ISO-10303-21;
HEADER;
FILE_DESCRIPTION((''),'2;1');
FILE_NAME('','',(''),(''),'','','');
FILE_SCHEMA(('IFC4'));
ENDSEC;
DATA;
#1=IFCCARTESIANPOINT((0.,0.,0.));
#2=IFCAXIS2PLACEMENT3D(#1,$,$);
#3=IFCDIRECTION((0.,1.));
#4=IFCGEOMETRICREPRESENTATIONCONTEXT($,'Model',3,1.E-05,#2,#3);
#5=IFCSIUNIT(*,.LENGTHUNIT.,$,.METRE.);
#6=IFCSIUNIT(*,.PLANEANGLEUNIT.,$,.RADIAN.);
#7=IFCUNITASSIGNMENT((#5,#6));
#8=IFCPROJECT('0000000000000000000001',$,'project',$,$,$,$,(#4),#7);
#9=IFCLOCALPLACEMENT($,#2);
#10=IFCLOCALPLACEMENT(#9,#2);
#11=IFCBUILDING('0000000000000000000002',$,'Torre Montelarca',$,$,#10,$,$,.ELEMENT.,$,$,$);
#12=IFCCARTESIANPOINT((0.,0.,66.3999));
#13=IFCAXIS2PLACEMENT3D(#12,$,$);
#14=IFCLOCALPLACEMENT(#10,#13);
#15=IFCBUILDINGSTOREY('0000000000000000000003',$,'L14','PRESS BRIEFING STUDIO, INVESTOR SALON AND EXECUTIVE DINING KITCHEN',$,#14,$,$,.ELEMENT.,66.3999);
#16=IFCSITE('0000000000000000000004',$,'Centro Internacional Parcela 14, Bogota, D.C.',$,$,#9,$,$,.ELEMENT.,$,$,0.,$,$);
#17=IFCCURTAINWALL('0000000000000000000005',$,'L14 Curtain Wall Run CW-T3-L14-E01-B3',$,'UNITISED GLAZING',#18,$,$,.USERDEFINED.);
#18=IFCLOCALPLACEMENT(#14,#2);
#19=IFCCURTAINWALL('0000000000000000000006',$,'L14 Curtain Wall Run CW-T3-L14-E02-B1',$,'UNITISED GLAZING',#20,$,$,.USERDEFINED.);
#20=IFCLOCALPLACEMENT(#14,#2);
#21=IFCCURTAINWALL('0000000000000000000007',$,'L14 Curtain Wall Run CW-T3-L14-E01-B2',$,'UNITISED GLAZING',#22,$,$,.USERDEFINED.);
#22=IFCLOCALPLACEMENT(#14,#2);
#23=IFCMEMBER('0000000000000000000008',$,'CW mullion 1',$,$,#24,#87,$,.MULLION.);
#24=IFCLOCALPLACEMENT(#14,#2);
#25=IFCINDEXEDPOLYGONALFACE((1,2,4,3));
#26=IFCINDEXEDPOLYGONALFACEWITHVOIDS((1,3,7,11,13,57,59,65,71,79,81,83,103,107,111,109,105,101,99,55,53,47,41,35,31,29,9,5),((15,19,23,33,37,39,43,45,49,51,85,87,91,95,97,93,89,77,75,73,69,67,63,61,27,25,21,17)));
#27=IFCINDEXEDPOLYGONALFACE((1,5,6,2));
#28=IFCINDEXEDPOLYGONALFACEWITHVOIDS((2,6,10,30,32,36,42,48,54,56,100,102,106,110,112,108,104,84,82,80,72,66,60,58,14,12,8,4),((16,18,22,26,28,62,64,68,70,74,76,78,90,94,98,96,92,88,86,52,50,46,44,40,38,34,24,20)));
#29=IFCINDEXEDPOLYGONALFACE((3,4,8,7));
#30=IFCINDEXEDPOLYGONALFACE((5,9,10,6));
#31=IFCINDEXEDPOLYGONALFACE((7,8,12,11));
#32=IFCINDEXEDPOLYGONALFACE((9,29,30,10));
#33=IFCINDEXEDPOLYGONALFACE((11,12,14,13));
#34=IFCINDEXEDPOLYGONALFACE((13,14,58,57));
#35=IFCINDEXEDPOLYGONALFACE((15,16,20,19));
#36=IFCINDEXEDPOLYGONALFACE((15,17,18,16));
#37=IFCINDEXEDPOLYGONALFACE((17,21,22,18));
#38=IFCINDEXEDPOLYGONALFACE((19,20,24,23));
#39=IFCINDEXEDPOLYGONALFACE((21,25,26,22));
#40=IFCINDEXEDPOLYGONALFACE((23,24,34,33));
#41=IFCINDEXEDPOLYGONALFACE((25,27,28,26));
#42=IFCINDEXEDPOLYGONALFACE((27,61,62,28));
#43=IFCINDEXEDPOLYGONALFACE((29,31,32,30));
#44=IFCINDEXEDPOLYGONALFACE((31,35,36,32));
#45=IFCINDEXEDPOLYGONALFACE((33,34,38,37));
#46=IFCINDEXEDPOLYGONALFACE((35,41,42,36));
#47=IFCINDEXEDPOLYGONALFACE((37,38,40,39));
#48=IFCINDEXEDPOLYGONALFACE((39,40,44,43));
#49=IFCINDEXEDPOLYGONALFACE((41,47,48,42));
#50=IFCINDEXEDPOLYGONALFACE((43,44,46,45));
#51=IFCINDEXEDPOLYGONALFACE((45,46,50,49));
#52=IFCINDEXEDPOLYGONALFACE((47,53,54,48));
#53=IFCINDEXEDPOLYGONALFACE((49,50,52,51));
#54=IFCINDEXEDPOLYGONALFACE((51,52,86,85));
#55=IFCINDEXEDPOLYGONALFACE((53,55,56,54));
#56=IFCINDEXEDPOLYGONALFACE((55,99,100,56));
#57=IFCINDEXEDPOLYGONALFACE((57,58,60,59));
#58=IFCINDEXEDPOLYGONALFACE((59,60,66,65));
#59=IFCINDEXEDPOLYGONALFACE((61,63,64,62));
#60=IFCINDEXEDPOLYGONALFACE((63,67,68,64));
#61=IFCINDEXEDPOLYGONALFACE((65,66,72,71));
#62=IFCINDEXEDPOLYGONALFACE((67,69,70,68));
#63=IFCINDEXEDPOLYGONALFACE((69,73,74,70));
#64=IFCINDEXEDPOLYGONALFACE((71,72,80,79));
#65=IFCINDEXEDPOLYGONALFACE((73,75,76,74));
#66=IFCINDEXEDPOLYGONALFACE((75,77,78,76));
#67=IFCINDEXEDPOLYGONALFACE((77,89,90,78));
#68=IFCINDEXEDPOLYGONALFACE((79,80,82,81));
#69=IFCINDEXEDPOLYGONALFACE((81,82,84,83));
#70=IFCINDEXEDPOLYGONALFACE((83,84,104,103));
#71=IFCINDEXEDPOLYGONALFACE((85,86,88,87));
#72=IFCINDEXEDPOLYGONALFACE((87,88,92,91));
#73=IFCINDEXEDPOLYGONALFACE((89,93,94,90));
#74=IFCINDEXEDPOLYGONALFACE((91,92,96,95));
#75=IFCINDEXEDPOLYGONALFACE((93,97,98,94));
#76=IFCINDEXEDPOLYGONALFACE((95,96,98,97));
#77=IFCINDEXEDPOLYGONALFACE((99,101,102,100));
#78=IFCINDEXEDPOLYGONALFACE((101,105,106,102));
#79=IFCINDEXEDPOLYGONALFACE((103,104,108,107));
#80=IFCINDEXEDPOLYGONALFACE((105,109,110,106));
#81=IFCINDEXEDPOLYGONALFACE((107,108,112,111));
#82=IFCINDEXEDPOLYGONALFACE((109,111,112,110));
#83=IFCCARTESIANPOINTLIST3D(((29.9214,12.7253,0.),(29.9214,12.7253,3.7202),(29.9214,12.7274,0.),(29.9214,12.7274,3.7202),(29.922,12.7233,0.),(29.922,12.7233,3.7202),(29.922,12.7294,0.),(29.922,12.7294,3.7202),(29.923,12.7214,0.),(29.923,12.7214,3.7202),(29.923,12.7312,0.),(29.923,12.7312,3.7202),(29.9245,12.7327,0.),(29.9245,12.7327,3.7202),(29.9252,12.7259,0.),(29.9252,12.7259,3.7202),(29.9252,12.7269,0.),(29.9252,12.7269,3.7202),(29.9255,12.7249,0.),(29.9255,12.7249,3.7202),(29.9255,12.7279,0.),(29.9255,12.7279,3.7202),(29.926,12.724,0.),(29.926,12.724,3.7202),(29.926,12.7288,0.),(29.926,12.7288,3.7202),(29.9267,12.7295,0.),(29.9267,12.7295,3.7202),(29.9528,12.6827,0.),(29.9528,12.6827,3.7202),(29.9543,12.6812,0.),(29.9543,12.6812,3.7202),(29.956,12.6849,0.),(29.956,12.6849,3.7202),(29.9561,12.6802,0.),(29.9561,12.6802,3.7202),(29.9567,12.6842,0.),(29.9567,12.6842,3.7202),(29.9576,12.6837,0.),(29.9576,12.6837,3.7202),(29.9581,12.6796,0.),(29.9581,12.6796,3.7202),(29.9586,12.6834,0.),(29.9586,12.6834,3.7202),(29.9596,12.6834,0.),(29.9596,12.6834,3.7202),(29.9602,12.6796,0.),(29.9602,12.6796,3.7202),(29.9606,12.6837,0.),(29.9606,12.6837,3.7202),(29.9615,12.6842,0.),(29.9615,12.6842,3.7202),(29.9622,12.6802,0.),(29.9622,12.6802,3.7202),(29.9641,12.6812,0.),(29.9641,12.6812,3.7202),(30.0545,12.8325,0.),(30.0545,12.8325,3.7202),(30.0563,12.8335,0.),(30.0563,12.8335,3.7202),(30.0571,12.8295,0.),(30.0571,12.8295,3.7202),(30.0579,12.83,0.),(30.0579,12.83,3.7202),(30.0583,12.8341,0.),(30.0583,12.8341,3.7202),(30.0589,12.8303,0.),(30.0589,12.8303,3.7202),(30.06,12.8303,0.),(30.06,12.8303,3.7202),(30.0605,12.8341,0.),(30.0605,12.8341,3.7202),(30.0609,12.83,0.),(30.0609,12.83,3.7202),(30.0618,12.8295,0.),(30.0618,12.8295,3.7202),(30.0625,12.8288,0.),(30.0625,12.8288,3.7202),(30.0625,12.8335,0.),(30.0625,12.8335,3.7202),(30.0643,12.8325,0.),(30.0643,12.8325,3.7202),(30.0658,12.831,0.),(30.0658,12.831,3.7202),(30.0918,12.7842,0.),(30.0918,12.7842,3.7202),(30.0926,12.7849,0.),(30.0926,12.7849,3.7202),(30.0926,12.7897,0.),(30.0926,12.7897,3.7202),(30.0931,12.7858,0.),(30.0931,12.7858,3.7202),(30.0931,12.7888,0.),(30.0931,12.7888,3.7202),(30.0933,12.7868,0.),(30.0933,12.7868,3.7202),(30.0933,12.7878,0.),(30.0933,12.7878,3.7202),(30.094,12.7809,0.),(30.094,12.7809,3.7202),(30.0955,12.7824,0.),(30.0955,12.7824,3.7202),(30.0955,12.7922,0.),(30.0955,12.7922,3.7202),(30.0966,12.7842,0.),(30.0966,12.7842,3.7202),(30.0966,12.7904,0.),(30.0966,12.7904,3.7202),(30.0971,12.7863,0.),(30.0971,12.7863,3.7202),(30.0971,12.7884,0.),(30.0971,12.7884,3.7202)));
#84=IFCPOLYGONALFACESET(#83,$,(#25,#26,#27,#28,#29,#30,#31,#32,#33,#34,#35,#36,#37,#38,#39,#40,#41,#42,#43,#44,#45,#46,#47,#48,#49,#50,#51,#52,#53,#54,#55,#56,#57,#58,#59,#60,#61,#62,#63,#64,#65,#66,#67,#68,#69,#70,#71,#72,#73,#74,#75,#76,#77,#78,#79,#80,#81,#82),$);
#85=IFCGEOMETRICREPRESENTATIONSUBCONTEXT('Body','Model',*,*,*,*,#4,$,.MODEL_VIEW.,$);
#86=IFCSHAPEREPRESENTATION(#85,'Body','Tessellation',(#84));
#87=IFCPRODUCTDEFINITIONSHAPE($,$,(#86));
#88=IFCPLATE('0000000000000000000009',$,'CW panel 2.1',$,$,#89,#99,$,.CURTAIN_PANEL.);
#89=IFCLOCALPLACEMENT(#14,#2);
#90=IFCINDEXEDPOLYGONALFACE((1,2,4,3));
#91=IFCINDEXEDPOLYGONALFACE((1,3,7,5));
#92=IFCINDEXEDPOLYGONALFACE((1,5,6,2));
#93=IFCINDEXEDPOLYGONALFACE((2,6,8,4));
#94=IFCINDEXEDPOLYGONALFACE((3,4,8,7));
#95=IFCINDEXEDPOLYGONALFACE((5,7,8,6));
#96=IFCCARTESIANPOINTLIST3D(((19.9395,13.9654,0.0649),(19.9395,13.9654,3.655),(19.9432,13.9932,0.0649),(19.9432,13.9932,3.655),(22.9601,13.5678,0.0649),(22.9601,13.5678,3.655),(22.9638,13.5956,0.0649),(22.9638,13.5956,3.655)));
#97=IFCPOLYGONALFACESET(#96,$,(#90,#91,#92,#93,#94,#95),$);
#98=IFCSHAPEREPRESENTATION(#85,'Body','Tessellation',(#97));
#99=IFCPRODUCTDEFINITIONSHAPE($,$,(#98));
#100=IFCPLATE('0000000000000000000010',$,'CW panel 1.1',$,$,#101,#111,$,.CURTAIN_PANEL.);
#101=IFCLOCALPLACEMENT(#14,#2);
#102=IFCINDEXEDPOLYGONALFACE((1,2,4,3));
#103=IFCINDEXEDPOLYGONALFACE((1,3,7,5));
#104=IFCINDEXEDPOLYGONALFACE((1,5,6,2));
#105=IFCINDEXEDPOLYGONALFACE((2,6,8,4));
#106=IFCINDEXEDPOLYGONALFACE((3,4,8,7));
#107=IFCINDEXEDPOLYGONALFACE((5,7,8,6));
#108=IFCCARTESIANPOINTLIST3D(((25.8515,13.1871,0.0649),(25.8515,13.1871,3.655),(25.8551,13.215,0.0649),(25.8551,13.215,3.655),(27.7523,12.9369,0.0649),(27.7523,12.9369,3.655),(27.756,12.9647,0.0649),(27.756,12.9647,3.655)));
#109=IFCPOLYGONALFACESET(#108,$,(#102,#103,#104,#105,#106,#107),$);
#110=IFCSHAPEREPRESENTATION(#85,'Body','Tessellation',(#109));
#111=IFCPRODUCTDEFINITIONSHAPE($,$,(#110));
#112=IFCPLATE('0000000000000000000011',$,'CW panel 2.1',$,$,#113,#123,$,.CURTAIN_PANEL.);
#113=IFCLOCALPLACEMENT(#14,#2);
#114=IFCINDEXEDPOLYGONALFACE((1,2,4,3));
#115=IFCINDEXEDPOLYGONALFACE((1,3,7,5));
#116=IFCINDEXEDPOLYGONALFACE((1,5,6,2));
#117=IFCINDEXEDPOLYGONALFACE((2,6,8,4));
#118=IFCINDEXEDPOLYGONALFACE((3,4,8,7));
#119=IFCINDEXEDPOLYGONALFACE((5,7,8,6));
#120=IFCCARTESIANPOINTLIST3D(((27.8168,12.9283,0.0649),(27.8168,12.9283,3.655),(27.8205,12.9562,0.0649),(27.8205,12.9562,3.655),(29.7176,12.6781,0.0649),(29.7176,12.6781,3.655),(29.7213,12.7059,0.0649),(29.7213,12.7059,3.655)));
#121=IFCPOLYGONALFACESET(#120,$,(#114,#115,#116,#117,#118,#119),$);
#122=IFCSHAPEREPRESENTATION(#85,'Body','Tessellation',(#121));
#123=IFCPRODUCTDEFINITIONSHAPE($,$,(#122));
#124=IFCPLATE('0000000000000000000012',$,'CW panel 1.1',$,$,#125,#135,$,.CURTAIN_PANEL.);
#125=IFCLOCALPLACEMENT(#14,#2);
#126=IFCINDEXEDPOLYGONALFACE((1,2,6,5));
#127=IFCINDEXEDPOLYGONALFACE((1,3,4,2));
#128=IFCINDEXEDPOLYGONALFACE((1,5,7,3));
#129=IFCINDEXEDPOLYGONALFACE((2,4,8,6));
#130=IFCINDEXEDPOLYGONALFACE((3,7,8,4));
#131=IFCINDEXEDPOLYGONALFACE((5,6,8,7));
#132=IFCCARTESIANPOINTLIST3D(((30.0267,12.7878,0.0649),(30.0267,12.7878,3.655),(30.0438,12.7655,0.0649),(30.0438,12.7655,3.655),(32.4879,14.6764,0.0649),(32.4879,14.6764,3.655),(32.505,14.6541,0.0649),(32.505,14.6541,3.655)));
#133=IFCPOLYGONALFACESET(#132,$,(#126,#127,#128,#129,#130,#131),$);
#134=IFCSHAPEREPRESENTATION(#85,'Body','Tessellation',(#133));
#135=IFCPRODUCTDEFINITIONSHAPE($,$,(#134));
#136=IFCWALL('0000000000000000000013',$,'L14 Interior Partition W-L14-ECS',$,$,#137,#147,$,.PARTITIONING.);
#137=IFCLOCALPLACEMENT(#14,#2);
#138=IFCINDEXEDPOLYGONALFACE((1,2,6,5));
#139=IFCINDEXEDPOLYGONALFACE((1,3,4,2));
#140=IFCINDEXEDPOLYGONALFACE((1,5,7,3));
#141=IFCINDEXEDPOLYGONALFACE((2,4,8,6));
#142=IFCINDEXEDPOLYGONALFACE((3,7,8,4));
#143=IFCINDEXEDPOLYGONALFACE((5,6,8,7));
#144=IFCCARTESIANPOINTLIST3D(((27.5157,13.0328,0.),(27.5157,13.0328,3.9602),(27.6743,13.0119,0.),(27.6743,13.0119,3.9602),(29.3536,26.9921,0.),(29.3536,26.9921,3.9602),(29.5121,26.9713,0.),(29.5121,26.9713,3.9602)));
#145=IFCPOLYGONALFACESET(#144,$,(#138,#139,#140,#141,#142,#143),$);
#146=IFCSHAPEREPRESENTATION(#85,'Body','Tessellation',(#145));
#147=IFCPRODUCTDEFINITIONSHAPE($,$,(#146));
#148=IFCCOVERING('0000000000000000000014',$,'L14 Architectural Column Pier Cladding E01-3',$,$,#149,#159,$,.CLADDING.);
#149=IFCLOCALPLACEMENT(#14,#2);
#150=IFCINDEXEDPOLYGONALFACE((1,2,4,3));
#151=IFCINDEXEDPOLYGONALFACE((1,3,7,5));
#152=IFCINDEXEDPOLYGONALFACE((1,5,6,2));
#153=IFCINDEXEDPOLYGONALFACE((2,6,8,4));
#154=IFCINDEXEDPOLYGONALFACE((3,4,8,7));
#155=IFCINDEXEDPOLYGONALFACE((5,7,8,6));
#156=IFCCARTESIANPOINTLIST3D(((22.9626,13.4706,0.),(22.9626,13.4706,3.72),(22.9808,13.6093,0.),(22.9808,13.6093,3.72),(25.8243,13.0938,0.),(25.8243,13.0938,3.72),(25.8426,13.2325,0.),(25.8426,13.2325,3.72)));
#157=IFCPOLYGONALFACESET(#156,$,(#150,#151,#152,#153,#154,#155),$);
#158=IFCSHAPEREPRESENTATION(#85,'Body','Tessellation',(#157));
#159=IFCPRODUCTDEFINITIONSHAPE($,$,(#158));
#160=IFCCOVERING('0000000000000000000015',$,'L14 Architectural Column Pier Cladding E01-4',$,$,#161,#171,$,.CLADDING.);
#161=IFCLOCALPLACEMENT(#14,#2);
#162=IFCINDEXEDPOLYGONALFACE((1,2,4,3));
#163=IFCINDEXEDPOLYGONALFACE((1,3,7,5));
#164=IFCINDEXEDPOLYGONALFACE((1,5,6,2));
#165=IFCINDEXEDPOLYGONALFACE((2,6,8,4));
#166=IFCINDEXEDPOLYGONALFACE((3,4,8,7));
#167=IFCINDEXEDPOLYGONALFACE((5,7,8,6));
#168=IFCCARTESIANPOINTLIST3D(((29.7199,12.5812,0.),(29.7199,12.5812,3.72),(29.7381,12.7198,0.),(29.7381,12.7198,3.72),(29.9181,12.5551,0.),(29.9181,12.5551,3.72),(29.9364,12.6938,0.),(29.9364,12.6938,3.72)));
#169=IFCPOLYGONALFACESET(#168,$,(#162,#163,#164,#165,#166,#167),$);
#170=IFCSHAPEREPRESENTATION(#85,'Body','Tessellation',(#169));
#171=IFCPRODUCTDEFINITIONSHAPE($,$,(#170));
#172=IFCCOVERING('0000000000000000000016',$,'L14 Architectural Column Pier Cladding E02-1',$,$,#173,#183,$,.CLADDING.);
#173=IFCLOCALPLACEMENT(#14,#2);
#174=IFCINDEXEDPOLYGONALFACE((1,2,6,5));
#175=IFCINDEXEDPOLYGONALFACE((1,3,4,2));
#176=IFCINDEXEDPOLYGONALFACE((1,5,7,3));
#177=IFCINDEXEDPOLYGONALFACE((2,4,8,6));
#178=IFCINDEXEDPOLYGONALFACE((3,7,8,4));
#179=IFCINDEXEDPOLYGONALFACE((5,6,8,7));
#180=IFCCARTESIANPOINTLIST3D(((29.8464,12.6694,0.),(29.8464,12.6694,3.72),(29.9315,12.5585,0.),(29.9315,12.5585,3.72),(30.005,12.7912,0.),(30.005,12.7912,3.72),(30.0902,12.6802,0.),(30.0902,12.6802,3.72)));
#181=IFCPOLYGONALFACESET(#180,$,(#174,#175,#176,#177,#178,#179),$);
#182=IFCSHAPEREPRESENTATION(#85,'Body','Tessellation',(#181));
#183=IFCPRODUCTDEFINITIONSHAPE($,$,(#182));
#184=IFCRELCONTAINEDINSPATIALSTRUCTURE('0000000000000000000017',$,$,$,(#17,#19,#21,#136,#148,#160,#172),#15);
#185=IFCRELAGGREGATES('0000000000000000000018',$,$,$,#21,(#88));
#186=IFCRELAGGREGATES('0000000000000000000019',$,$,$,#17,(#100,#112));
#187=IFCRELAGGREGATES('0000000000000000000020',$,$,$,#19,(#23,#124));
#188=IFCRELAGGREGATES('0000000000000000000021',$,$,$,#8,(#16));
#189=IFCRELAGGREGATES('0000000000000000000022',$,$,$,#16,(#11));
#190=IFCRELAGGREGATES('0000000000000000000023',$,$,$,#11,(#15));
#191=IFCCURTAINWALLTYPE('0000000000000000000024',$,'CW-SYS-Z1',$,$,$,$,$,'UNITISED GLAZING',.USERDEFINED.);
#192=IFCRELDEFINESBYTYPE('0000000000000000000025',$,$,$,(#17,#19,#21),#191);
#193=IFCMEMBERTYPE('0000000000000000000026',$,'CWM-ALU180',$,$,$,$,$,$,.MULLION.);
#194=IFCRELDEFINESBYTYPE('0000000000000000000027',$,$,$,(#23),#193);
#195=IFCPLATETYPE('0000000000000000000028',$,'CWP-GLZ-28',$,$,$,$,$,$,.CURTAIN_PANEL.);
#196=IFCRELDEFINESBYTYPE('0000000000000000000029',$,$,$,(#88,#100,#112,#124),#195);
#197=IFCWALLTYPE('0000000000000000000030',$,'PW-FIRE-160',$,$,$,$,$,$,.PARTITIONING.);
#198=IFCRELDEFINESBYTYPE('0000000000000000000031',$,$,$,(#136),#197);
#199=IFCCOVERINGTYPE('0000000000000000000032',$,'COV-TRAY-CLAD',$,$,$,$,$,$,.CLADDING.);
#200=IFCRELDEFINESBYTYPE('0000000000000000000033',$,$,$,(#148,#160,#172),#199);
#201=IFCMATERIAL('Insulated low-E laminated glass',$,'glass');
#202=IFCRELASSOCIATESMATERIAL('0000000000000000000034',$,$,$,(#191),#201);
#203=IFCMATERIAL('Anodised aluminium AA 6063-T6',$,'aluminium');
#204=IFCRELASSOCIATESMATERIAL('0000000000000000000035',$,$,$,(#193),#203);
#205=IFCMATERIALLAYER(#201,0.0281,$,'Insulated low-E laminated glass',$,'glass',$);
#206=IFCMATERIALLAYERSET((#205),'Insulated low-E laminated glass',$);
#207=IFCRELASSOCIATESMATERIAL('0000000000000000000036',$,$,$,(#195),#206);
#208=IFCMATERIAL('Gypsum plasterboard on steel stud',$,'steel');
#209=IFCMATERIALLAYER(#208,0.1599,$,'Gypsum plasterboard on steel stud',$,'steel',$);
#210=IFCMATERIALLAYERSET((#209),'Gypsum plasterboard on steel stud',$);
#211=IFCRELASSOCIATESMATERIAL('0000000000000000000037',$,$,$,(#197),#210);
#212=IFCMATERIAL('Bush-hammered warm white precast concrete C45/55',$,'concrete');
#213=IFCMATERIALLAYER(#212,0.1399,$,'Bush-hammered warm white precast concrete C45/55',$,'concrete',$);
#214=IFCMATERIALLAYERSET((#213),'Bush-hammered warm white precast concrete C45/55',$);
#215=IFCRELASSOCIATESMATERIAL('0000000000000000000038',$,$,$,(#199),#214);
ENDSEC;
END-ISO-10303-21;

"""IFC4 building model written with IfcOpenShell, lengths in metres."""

from ifc_helpers import new_model, si_unit, direction, frame, frame_2d, origin, origin_2d, place, context, subcontext, project, spatial, rectangle, hollow_rectangle, extrude, source, transform, mapped, material, layer, layer_set, material_profile, profile_set, type_object, element, aggregate, save


model = new_model("IFC4")

# Units and contexts
model_context = context("Model", 3, precision=1e-05, world=origin(), true_north=direction((0.0, 1.0)))
body_context = subcontext(model_context, "Body", "Model", "MODEL_VIEW")
ifc_project = project(units=[si_unit("LENGTHUNIT", "METRE"), si_unit("PLANEANGLEUNIT", "RADIAN")], contexts=[model_context])

# Site, building, storey
site_placement = place(None, origin())
site = spatial("IfcSite", under=ifc_project, at=site_placement, Name="Centro Internacional Parcela 14, Bogota, D.C.", CompositionType="ELEMENT", RefElevation=0.0)
building_placement = place(site_placement, origin())
building = spatial("IfcBuilding", under=site, at=building_placement, Name="Torre Montelarca", CompositionType="ELEMENT")
storey_placement = place(building_placement, frame((0.0, 0.0, 66.3999)))
storey = spatial("IfcBuildingStorey", under=building, at=storey_placement, Name="L14", Description="PRESS BRIEFING STUDIO, INVESTOR SALON AND EXECUTIVE DINING KITCHEN", CompositionType="ELEMENT", Elevation=66.3999)

# Curtain walls
ifc_material_1 = material(Name="Insulated low-E laminated glass", Category="glass")
curtain_wall_type = type_object("IfcCurtainWallType", Name="CW-SYS-Z1", ElementType="UNITISED GLAZING", PredefinedType="USERDEFINED", material=ifc_material_1)
curtain_wall_1_placement = place(storey_placement, origin())
curtain_wall_1 = element("IfcCurtainWall", 1, at=curtain_wall_1_placement, inside=storey, type_object=curtain_wall_type, Name="L14 Curtain Wall Run CW-T3-L14-E01-B3", ObjectType="UNITISED GLAZING", PredefinedType="USERDEFINED")
ifc_material_2 = material(Name="Anodised aluminium AA 6063-T6", Category="aluminium")
curtain_wall_2_placement = place(storey_placement, origin())
curtain_wall_2 = element("IfcCurtainWall", 2, at=curtain_wall_2_placement, inside=storey, type_object=curtain_wall_type, Name="L14 Curtain Wall Run CW-T3-L14-E02-B1", ObjectType="UNITISED GLAZING", PredefinedType="USERDEFINED")

# Curtain wall
curtain_wall_3_placement = place(storey_placement, origin())
curtain_wall_3 = element("IfcCurtainWall", 3, at=curtain_wall_3_placement, inside=storey, type_object=curtain_wall_type, Name="L14 Curtain Wall Run CW-T3-L14-E01-B2", ObjectType="UNITISED GLAZING", PredefinedType="USERDEFINED")
ifc_material_profile_1 = material_profile(ifc_material_2, hollow_rectangle(XDim=0.0649, YDim=0.1799, WallThickness=0.0039, InnerFilletRadius=0.0039, OuterFilletRadius=0.0081, at=origin_2d()), Name="ALU65X180X4", Category="aluminium")
ifc_profile_set_1 = profile_set([ifc_material_profile_1], Name="Anodised aluminium AA 6063-T6")
member_type_1 = type_object("IfcMemberType", Name="CWM-ALU180", PredefinedType="MULLION", material=ifc_profile_set_1)
shared_shape_1 = source(origin(), body_context, "Body", "SweptSolid", [
    extrude(hollow_rectangle(XDim=0.0649, YDim=0.1799, WallThickness=0.0039, InnerFilletRadius=0.0039, OuterFilletRadius=0.0081, at=origin_2d()), origin(), (0.0, 0.0, 1.0), 3.7202),
])

# Member
member_1_placement = place(storey_placement, frame((30.0093, 12.7568, 0.0), z_axis=(0.0, 0.0, 1.0), x_axis=(-0.608757, 0.793357, 0.0)))
member_1 = element("IfcMember", 4, at=member_1_placement, type_object=member_type_1, Name="CW mullion 1", PredefinedType="MULLION", context=body_context, shape_type="MappedRepresentation", body=[
    mapped(shared_shape_1, transform((0.0, 0.0, 0.0), scale=1.0)),
])

# Plates
ifc_layer_1 = layer(ifc_material_1, 0.0281, Name="Insulated low-E laminated glass", Category="glass")
ifc_layer_set_1 = layer_set([ifc_layer_1], Name="Insulated low-E laminated glass")
plate_type = type_object("IfcPlateType", Name="CWP-GLZ-28", PredefinedType="CURTAIN_PANEL", material=ifc_layer_set_1)
shared_shape_2 = source(origin(), body_context, "Body", "SweptSolid", [
    extrude(rectangle(XDim=3.0466, YDim=0.0281, at=origin_2d()), origin(), (0.0, 0.0, 1.0), 3.5901),
])
plate_1_placement = place(storey_placement, frame((21.4517, 13.7805, 0.0649), z_axis=(0.0, 0.0, 1.0), x_axis=(0.991447, -0.130508, 0.0)))
plate_1 = element("IfcPlate", 5, at=plate_1_placement, type_object=plate_type, Name="CW panel 2.1", PredefinedType="CURTAIN_PANEL", context=body_context, shape_type="MappedRepresentation", body=[
    mapped(shared_shape_2, transform((0.0, 0.0, 0.0), scale=1.0)),
])
aggregate(curtain_wall_3, [plate_1])
shared_shape_3 = source(origin(), body_context, "Body", "SweptSolid", [
    extrude(rectangle(XDim=1.9172, YDim=0.0281, at=origin_2d()), origin(), (0.0, 0.0, 1.0), 3.5901),
])
plate_2_placement = place(storey_placement, frame((26.8037, 13.0759, 0.0649), z_axis=(0.0, 0.0, 1.0), x_axis=(0.991446, -0.13052, 0.0)))
plate_2 = element("IfcPlate", 6, at=plate_2_placement, type_object=plate_type, Name="CW panel 1.1", PredefinedType="CURTAIN_PANEL", context=body_context, shape_type="MappedRepresentation", body=[
    mapped(shared_shape_3, transform((0.0, 0.0, 0.0), scale=1.0)),
])
plate_3_placement = place(storey_placement, frame((28.769, 12.8171, 0.0649), z_axis=(0.0, 0.0, 1.0), x_axis=(0.991446, -0.13052, 0.0)))
plate_3 = element("IfcPlate", 7, at=plate_3_placement, type_object=plate_type, Name="CW panel 2.1", PredefinedType="CURTAIN_PANEL", context=body_context, shape_type="MappedRepresentation", body=[
    mapped(shared_shape_3, transform((0.0, 0.0, 0.0), scale=1.0)),
])
aggregate(curtain_wall_1, [plate_2, plate_3])
shared_shape_4 = source(origin(), body_context, "Body", "SweptSolid", [
    extrude(rectangle(XDim=3.1023, YDim=0.0281, at=origin_2d()), origin(), (0.0, 0.0, 1.0), 3.5901),
])
plate_4_placement = place(storey_placement, frame((31.2659, 13.7209, 0.0649), z_axis=(0.0, 0.0, 1.0), x_axis=(0.793357, 0.608757, 0.0)))
plate_4 = element("IfcPlate", 8, at=plate_4_placement, type_object=plate_type, Name="CW panel 1.1", PredefinedType="CURTAIN_PANEL", context=body_context, shape_type="MappedRepresentation", body=[
    mapped(shared_shape_4, transform((0.0, 0.0, 0.0), scale=1.0)),
])
aggregate(curtain_wall_2, [member_1, plate_4])

# Wall
ifc_material_3 = material(Name="Gypsum plasterboard on steel stud", Category="steel")
ifc_layer_2 = layer(ifc_material_3, 0.1599, Name="Gypsum plasterboard on steel stud", Category="steel")
ifc_layer_set_2 = layer_set([ifc_layer_2], Name="Gypsum plasterboard on steel stud")
wall_type = type_object("IfcWallType", Name="PW-FIRE-160", PredefinedType="PARTITIONING", material=ifc_layer_set_2)
wall_placement = place(storey_placement, frame((27.595, 13.0222, 0.0), z_axis=(0.0, 0.0, 1.0), x_axis=(0.130533, 0.991444, 0.0)))
element("IfcWall", 9, at=wall_placement, inside=storey, type_object=wall_type, Name="L14 Interior Partition W-L14-ECS", PredefinedType="PARTITIONING", context=body_context, shape_type="SweptSolid", body=[
    extrude(rectangle(XDim=14.0798, YDim=0.1599, at=frame_2d((7.04, 0.0))), origin(), (0.0, 0.0, 1.0), 3.9602),
])

# Coverings
ifc_material_4 = material(Name="Bush-hammered warm white precast concrete C45/55", Category="concrete")
ifc_layer_3 = layer(ifc_material_4, 0.1399, Name="Bush-hammered warm white precast concrete C45/55", Category="concrete")
ifc_layer_set_3 = layer_set([ifc_layer_3], Name="Bush-hammered warm white precast concrete C45/55")
covering_type = type_object("IfcCoveringType", Name="COV-TRAY-CLAD", PredefinedType="CLADDING", material=ifc_layer_set_3)
shared_shape_5 = source(origin(), body_context, "Body", "SweptSolid", [
    extrude(rectangle(XDim=2.8865, YDim=0.1399, at=origin_2d()), origin(), (0.0, 0.0, 1.0), 3.72),
])
covering_placement = place(storey_placement, frame((24.4026, 13.3516, 0.0), z_axis=(0.0, 0.0, 1.0), x_axis=(0.991445, -0.130523, 0.0)))
element("IfcCovering", 10, at=covering_placement, inside=storey, type_object=covering_type, Name="L14 Architectural Column Pier Cladding E01-3", PredefinedType="CLADDING", context=body_context, shape_type="MappedRepresentation", body=[
    mapped(shared_shape_5, transform((0.0, 0.0, 0.0), scale=1.0)),
])
shared_shape_6 = source(origin(), body_context, "Body", "SweptSolid", [
    extrude(rectangle(XDim=0.2, YDim=0.1399, at=origin_2d()), origin(), (0.0, 0.0, 1.0), 3.72),
])
for number, where, z_axis, x_axis, name in (
    (11, (29.8281, 12.6375, 0.0), (0.0, 0.0, 1.0), (0.991445, -0.130523, 0.0), "L14 Architectural Column Pier Cladding E01-4"),
    (12, (29.9683, 12.6748, 0.0), (0.0, 0.0, 1.0), (0.793349, 0.608767, 0.0), "L14 Architectural Column Pier Cladding E02-1"),
):
    element("IfcCovering", number, at=place(storey_placement, frame(where, z_axis=z_axis, x_axis=x_axis)), inside=storey, type_object=covering_type, Name=name, PredefinedType="CLADDING", context=body_context, shape_type="MappedRepresentation", body=[
        mapped(shared_shape_6, transform((0.0, 0.0, 0.0), scale=1.0)),
    ])

save(model, "model.ifc")
